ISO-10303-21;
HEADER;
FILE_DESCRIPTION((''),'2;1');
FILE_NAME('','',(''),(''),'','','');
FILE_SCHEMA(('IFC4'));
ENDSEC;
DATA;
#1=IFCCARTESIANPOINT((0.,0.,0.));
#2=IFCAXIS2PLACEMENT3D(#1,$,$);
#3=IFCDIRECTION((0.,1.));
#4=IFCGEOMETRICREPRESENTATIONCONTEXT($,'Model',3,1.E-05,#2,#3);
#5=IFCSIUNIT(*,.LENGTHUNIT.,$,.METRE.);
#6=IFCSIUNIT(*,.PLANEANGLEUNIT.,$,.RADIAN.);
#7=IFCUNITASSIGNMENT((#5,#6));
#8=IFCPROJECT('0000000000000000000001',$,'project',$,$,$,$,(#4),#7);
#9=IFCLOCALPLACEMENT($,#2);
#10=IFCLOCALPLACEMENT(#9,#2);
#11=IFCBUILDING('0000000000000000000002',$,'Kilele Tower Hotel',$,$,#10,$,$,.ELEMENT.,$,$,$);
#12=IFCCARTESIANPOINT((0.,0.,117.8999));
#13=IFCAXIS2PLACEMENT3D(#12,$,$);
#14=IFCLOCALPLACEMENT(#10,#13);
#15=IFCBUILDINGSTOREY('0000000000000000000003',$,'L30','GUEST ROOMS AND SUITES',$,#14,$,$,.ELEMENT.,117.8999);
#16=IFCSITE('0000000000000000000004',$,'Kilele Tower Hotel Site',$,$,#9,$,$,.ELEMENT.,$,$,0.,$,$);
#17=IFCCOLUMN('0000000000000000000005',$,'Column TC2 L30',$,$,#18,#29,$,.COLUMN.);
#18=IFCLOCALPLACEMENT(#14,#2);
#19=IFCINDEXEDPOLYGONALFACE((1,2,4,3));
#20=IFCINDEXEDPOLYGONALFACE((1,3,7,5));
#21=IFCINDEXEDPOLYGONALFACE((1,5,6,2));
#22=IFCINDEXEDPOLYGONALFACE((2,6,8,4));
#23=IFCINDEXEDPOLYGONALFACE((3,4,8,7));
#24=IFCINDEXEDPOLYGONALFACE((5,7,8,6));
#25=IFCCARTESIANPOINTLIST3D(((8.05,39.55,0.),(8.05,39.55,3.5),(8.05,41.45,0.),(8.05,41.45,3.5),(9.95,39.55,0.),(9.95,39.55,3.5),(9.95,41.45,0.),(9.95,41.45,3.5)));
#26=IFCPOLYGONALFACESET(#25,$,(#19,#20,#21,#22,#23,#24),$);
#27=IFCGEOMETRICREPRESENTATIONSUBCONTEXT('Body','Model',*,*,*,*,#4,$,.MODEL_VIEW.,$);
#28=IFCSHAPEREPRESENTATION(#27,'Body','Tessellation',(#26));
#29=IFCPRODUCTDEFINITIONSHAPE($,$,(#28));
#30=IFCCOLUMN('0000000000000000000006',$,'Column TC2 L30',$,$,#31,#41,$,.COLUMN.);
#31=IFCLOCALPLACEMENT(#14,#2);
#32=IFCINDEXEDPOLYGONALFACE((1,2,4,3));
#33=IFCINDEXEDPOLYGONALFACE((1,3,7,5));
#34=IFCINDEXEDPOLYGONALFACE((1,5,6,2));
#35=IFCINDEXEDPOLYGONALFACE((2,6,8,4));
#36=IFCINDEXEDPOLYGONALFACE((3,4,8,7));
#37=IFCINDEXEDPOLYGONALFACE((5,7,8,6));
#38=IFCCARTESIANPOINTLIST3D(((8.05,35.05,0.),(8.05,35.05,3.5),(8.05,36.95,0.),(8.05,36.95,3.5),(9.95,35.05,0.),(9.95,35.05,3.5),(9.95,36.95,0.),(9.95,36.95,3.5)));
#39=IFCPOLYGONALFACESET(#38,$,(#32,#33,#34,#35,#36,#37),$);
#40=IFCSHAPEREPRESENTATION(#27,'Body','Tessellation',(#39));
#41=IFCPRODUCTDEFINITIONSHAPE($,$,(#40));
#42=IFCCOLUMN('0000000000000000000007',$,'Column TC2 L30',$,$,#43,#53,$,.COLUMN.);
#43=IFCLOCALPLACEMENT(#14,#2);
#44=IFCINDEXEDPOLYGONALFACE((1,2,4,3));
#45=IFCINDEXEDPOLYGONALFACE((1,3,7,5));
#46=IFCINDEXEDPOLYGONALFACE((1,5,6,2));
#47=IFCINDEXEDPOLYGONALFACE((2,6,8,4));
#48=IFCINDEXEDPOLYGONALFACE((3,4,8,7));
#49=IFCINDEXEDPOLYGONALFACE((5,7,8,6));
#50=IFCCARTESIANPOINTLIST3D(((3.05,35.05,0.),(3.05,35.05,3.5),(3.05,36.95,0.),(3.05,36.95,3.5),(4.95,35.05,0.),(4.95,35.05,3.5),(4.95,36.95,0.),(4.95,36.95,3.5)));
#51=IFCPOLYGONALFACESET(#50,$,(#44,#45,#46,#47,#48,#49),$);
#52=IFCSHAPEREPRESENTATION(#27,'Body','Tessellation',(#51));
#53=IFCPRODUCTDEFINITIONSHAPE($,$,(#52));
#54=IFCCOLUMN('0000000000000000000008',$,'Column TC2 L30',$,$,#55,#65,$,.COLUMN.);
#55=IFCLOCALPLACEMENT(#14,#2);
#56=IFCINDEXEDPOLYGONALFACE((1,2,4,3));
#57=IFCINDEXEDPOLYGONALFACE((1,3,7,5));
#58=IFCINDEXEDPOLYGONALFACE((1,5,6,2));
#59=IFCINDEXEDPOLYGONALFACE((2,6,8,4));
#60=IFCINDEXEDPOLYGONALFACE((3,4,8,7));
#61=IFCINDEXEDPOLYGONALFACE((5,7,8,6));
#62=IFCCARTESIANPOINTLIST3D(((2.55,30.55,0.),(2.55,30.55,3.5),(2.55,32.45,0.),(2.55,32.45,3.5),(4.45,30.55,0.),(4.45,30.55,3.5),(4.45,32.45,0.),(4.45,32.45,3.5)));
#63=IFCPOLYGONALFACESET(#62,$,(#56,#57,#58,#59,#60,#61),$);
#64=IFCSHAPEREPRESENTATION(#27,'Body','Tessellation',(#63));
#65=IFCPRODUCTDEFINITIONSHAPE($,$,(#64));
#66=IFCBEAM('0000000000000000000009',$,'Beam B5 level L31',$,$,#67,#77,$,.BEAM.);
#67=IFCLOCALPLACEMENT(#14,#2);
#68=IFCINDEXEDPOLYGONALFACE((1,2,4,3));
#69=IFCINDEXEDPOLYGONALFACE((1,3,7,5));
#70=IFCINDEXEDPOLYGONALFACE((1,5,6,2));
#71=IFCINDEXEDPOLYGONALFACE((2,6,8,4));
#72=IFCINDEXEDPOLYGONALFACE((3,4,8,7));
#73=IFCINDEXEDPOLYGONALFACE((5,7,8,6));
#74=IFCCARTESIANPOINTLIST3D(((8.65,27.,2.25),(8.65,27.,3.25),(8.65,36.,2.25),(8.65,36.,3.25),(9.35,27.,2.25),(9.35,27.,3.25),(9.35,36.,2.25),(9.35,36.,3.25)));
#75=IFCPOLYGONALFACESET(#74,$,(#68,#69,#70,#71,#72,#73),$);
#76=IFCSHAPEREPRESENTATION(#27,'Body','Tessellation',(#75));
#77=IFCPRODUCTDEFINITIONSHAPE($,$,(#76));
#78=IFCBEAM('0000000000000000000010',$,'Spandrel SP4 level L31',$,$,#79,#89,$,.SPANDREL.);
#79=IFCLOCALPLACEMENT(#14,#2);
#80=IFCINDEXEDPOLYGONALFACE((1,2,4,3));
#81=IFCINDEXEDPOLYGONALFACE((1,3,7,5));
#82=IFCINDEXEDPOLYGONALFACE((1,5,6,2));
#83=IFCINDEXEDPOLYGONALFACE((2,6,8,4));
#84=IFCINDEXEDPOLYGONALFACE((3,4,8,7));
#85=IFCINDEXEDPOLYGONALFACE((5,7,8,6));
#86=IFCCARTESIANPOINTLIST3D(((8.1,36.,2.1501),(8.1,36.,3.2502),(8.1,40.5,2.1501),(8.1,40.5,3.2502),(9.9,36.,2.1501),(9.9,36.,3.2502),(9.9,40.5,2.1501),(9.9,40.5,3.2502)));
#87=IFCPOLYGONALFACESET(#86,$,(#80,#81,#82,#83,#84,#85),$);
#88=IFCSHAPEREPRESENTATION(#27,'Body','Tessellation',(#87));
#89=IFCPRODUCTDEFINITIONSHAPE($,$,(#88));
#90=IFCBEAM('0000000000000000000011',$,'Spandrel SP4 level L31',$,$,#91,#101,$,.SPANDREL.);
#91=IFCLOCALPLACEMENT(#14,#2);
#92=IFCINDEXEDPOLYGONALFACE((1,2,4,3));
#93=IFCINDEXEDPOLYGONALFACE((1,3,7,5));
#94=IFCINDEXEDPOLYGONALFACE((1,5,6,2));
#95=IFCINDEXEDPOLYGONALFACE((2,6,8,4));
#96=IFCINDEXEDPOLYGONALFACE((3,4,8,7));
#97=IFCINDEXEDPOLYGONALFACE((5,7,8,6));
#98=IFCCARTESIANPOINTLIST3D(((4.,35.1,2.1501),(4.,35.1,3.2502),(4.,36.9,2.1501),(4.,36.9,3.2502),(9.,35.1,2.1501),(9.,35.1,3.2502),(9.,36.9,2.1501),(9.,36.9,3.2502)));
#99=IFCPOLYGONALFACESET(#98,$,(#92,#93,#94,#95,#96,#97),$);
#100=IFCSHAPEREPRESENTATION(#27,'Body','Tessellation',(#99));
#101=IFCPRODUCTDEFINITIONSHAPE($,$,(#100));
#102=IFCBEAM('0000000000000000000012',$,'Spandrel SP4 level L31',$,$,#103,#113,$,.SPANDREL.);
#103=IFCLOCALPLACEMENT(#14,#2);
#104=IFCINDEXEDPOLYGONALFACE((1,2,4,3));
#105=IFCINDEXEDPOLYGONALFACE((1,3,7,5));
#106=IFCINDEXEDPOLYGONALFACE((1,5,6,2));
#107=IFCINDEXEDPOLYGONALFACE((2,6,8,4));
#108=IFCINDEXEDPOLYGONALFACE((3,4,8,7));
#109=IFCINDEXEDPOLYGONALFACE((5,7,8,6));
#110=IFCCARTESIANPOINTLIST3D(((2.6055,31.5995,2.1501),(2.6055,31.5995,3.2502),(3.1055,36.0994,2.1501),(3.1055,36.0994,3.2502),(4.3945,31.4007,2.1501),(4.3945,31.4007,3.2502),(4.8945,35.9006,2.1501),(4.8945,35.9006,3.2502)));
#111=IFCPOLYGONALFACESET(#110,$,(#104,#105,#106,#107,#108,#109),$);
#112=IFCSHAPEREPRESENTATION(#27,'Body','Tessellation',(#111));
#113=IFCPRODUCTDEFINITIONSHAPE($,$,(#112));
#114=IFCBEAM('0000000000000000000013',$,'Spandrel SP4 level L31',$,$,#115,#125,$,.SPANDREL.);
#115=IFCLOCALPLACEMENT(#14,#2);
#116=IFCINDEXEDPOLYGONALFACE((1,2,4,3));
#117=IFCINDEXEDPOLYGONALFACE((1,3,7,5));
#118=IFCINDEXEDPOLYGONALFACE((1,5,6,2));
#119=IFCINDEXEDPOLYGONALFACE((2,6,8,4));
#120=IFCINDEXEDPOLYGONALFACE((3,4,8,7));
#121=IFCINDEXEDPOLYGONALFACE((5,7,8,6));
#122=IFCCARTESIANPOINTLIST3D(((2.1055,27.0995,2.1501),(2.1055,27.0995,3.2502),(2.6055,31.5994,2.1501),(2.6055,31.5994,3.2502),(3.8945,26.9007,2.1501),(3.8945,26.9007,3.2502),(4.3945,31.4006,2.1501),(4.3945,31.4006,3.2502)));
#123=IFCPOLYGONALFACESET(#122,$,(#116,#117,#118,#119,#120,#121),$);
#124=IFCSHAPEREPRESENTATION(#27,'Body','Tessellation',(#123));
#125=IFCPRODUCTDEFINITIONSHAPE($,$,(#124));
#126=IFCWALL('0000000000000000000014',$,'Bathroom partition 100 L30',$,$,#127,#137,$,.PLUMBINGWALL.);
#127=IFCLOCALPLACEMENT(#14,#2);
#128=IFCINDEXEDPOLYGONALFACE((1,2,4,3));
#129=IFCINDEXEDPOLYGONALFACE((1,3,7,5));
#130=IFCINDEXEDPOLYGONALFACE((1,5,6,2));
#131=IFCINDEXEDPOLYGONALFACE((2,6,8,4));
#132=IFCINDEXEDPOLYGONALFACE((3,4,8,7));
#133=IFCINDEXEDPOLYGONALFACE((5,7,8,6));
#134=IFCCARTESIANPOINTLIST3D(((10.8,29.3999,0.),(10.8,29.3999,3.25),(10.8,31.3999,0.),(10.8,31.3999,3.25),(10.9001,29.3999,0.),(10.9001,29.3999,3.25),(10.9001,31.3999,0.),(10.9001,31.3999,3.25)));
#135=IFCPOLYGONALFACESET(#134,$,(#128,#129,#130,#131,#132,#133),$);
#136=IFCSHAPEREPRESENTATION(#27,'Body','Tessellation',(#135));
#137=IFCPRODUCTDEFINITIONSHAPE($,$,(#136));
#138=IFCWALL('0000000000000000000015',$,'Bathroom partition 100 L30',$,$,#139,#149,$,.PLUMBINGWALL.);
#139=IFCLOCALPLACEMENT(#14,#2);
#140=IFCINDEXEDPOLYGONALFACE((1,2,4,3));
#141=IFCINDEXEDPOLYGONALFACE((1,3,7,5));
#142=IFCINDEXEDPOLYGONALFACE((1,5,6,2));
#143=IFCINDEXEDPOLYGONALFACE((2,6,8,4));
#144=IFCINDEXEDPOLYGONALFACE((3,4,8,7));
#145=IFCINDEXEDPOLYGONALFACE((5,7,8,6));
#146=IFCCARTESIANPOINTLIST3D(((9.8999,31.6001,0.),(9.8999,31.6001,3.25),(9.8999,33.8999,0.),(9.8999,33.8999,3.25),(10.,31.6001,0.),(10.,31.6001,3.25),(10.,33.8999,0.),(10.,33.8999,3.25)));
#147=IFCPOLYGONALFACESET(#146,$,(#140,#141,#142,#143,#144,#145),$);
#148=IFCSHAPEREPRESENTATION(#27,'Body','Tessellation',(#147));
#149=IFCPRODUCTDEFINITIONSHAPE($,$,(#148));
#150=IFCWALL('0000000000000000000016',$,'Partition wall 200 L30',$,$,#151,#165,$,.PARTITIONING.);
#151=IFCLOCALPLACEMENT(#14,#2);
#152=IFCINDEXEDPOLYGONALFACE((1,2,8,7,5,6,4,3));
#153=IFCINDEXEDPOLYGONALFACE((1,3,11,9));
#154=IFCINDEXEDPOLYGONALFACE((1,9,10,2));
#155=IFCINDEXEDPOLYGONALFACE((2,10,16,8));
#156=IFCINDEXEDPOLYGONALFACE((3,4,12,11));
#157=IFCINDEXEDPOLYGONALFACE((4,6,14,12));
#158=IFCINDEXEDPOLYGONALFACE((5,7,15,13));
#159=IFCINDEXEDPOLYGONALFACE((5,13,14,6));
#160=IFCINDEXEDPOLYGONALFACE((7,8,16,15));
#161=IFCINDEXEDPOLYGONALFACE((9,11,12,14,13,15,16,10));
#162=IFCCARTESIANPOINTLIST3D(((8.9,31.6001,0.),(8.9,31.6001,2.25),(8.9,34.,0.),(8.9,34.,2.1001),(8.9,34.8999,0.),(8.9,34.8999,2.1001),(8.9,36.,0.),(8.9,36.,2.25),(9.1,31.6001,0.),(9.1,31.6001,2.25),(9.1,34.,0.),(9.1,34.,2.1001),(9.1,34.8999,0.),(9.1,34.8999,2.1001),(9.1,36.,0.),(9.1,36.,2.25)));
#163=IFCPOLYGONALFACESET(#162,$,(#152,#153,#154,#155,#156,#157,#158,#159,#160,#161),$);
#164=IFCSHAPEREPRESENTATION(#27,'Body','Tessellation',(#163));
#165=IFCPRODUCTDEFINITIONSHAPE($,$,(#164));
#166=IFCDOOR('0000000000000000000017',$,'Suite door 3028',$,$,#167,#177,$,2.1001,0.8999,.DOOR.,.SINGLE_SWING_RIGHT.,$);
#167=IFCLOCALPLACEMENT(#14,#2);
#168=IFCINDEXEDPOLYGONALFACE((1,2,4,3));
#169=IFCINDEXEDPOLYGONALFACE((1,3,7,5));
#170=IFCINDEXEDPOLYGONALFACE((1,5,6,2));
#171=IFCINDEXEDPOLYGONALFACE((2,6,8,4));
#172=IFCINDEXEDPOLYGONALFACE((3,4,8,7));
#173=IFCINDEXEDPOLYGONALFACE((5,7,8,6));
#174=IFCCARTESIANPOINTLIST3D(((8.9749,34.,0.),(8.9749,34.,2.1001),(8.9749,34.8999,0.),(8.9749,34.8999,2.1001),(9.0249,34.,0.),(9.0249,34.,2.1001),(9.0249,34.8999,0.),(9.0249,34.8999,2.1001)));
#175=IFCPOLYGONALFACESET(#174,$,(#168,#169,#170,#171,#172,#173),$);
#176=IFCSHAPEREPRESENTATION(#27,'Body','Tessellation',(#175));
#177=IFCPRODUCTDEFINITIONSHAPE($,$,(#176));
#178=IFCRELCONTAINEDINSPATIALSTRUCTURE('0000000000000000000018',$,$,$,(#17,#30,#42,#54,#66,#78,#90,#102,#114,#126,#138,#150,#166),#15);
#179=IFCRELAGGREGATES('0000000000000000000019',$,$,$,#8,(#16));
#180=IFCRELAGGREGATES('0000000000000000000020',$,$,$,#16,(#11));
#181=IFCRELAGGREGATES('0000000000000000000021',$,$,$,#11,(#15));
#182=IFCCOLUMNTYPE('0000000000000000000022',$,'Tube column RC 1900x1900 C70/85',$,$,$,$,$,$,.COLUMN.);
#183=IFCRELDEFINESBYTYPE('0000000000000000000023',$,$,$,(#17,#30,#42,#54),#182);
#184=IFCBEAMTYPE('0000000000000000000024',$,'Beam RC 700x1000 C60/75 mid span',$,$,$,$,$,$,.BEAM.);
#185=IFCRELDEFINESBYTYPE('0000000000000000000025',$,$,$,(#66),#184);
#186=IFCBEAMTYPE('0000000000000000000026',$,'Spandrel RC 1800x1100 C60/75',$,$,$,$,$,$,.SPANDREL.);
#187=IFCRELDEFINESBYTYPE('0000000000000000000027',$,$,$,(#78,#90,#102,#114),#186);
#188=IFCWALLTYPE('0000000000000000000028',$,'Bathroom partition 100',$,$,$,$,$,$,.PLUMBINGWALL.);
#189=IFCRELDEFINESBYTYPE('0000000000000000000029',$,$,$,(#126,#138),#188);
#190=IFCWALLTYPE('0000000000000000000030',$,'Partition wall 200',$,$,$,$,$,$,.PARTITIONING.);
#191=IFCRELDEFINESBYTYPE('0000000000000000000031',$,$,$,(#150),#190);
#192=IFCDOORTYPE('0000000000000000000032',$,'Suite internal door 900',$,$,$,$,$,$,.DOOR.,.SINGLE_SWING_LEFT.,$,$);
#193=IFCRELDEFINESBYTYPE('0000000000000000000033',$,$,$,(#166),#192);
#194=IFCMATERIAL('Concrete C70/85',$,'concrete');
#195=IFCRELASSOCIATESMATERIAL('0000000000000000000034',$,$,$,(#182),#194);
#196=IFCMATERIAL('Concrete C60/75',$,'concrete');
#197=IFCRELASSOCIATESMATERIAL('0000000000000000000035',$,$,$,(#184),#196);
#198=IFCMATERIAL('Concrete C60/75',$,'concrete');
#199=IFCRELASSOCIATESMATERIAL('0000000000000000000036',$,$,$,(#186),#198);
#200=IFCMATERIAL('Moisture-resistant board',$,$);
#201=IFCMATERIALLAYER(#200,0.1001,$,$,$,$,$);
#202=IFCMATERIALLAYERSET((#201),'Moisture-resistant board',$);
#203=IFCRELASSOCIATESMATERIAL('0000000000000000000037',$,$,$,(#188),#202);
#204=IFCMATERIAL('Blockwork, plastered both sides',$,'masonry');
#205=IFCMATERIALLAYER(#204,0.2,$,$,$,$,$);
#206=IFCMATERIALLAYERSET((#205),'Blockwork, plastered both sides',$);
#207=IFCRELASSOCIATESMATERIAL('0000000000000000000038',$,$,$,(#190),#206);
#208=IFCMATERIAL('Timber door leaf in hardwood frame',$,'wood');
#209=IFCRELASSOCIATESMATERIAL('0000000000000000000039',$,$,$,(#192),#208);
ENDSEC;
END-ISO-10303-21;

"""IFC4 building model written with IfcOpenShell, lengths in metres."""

from ifc_helpers import new_model, si_unit, direction, frame, frame_2d, origin, origin_2d, place, context, subcontext, project, spatial, rectangle, extrude, material, layer, layer_set, material_profile, profile_set, type_object, element, fill, save


model = new_model("IFC4")

# Units and contexts
model_context = context("Model", 3, precision=1e-05, world=origin(), true_north=direction((0.0, 1.0)))
body_context = subcontext(model_context, "Body", "Model", "MODEL_VIEW")
ifc_project = project(units=[si_unit("LENGTHUNIT", "METRE"), si_unit("PLANEANGLEUNIT", "RADIAN")], contexts=[model_context])

# Site, building, storey
site_placement = place(None, origin())
site = spatial("IfcSite", under=ifc_project, at=site_placement, Name="Kilele Tower Hotel Site", CompositionType="ELEMENT", RefElevation=0.0)
building_placement = place(site_placement, origin())
building = spatial("IfcBuilding", under=site, at=building_placement, Name="Kilele Tower Hotel", CompositionType="ELEMENT")
storey_placement = place(building_placement, frame((0.0, 0.0, 117.8999)))
storey = spatial("IfcBuildingStorey", under=building, at=storey_placement, Name="L30", Description="GUEST ROOMS AND SUITES", CompositionType="ELEMENT", Elevation=117.8999)

# Columns
ifc_material_1 = material(Name="Concrete C70/85", Category="concrete")
ifc_material_profile_1 = material_profile(ifc_material_1, rectangle(XDim=1.8999, YDim=1.8999, at=origin_2d()))
ifc_profile_set_1 = profile_set([ifc_material_profile_1], Name="Concrete C70/85")
column_type = type_object("IfcColumnType", Name="Tube column RC 1900x1900 C70/85", PredefinedType="COLUMN", material=ifc_profile_set_1)
for number, where, z_axis, x_axis, name in (
    (1, (9.0, 40.5, 0.0), (0.0, 0.0, 1.0), (1.0, 0.0, 0.0), "Column TC2 L30"),
    (2, (9.0, 36.0, 0.0), (0.0, 0.0, 1.0), (1.0, 0.0, 0.0), "Column TC2 L30"),
    (3, (4.0, 36.0, 0.0), (0.0, 0.0, 1.0), (1.0, 0.0, 0.0), "Column TC2 L30"),
    (4, (3.5, 31.5, 0.0), (0.0, 0.0, 1.0), (1.0, 0.0, 0.0), "Column TC2 L30"),
):
    element("IfcColumn", number, at=place(storey_placement, frame(where, z_axis=z_axis, x_axis=x_axis)), inside=storey, type_object=column_type, Name=name, PredefinedType="COLUMN", context=body_context, shape_type="SweptSolid", body=[
        extrude(rectangle(XDim=1.8999, YDim=1.8999, at=origin_2d()), origin(), (0.0, 0.0, 1.0), 3.5),
    ])

# Beams
ifc_material_2 = material(Name="Concrete C60/75", Category="concrete")
ifc_material_profile_2 = material_profile(ifc_material_2, rectangle(XDim=0.7, YDim=1.0, at=origin_2d()))
ifc_profile_set_2 = profile_set([ifc_material_profile_2], Name="Concrete C60/75")
beam_type_1 = type_object("IfcBeamType", Name="Beam RC 700x1000 C60/75 mid span", PredefinedType="BEAM", material=ifc_profile_set_2)
beam_1_placement = place(storey_placement, frame((9.0, 36.0, 2.75), z_axis=(0.0, -1.0, 0.0), x_axis=(1.0, 0.0, 0.0)))
element("IfcBeam", 5, at=beam_1_placement, inside=storey, type_object=beam_type_1, Name="Beam B5 level L31", PredefinedType="BEAM", context=body_context, shape_type="SweptSolid", body=[
    extrude(rectangle(XDim=0.7, YDim=1.0, at=origin_2d()), origin(), (0.0, 0.0, 1.0), 9.0),
])
ifc_material_3 = material(Name="Concrete C60/75", Category="concrete")
ifc_material_profile_3 = material_profile(ifc_material_3, rectangle(XDim=1.8, YDim=1.1001, at=origin_2d()))
ifc_profile_set_3 = profile_set([ifc_material_profile_3], Name="Concrete C60/75")
beam_type_2 = type_object("IfcBeamType", Name="Spandrel RC 1800x1100 C60/75", PredefinedType="SPANDREL", material=ifc_profile_set_3)
beam_2_placement = place(storey_placement, frame((9.0, 40.5, 2.7002), z_axis=(0.0, -1.0, 0.0), x_axis=(1.0, 0.0, 0.0)))
element("IfcBeam", 6, at=beam_2_placement, inside=storey, type_object=beam_type_2, Name="Spandrel SP4 level L31", PredefinedType="SPANDREL", context=body_context, shape_type="SweptSolid", body=[
    extrude(rectangle(XDim=1.8, YDim=1.1001, at=origin_2d()), origin(), (0.0, 0.0, 1.0), 4.5),
])
beam_3_placement = place(storey_placement, frame((9.0, 36.0, 2.7002), z_axis=(-1.0, 0.0, 0.0), x_axis=(0.0, -1.0, 0.0)))
element("IfcBeam", 7, at=beam_3_placement, inside=storey, type_object=beam_type_2, Name="Spandrel SP4 level L31", PredefinedType="SPANDREL", context=body_context, shape_type="SweptSolid", body=[
    extrude(rectangle(XDim=1.8, YDim=1.1001, at=origin_2d()), origin(), (0.0, 0.0, 1.0), 5.0),
])
for number, where, z_axis, x_axis, name in (
    (8, (4.0, 36.0, 2.7002), (-0.110432, -0.993884, 0.0), (0.993884, -0.110432, 0.0), "Spandrel SP4 level L31"),
    (9, (3.5, 31.5, 2.7002), (-0.110432, -0.993884, 0.0), (0.993884, -0.110432, 0.0), "Spandrel SP4 level L31"),
):
    element("IfcBeam", number, at=place(storey_placement, frame(where, z_axis=z_axis, x_axis=x_axis)), inside=storey, type_object=beam_type_2, Name=name, PredefinedType="SPANDREL", context=body_context, shape_type="SweptSolid", body=[
        extrude(rectangle(XDim=1.8, YDim=1.1001, at=origin_2d()), origin(), (0.0, 0.0, 1.0), 4.5276),
    ])

# Walls
ifc_material_4 = material(Name="Moisture-resistant board")
ifc_layer_1 = layer(ifc_material_4, 0.1001)
ifc_layer_set_1 = layer_set([ifc_layer_1], Name="Moisture-resistant board")
wall_type_1 = type_object("IfcWallType", Name="Bathroom partition 100", PredefinedType="PLUMBINGWALL", material=ifc_layer_set_1)
wall_1_placement = place(storey_placement, frame((10.8501, 31.3999, 0.0), z_axis=(0.0, 0.0, 1.0), x_axis=(0.0, -1.0, 0.0)))
element("IfcWall", 10, at=wall_1_placement, inside=storey, type_object=wall_type_1, Name="Bathroom partition 100 L30", PredefinedType="PLUMBINGWALL", context=body_context, shape_type="SweptSolid", body=[
    extrude(rectangle(XDim=2.0, YDim=0.1001, at=frame_2d((1.0, 0.0))), origin(), (0.0, 0.0, 1.0), 3.25),
])
wall_2_placement = place(storey_placement, frame((9.95, 31.6001, 0.0), z_axis=(0.0, 0.0, 1.0), x_axis=(0.0, 1.0, 0.0)))
element("IfcWall", 11, at=wall_2_placement, inside=storey, type_object=wall_type_1, Name="Bathroom partition 100 L30", PredefinedType="PLUMBINGWALL", context=body_context, shape_type="SweptSolid", body=[
    extrude(rectangle(XDim=2.2998, YDim=0.1001, at=frame_2d((1.1499, 0.0))), origin(), (0.0, 0.0, 1.0), 3.25),
])

# Wall, opening, door
ifc_material_5 = material(Name="Blockwork, plastered both sides", Category="masonry")
ifc_layer_2 = layer(ifc_material_5, 0.2)
ifc_layer_set_2 = layer_set([ifc_layer_2], Name="Blockwork, plastered both sides")
wall_type_2 = type_object("IfcWallType", Name="Partition wall 200", PredefinedType="PARTITIONING", material=ifc_layer_set_2)
wall_3_placement = place(storey_placement, frame((9.0, 31.6001, 0.0), z_axis=(0.0, 0.0, 1.0), x_axis=(0.0, 1.0, 0.0)))
wall_3 = element("IfcWall", 12, at=wall_3_placement, inside=storey, type_object=wall_type_2, Name="Partition wall 200 L30", PredefinedType="PARTITIONING", context=body_context, shape_type="SweptSolid", body=[
    extrude(rectangle(XDim=4.3999, YDim=0.2, at=frame_2d((2.2, 0.0))), origin(), (0.0, 0.0, 1.0), 2.25),
])
opening_1_placement = place(wall_3_placement, frame((3.2998, 0.0, 0.0), z_axis=(0.0, 0.0, 1.0), x_axis=(-1.0, 0.0, 0.0)))
opening_1 = element("IfcOpeningElement", 13, at=opening_1_placement, cuts=wall_3, PredefinedType="OPENING", context=body_context, shape_type="SweptSolid", body=[
    extrude(rectangle(XDim=0.8999, YDim=2.1001, at=frame_2d((0.45, 1.05))), frame((0.0, 0.1099, 0.0), z_axis=(0.0, -1.0, 0.0), x_axis=(1.0, 0.0, 0.0)), (0.0, 0.0, 1.0), 0.22),
])
ifc_material_6 = material(Name="Timber door leaf in hardwood frame", Category="wood")
door_type = type_object("IfcDoorType", Name="Suite internal door 900", OperationType="SINGLE_SWING_LEFT", PredefinedType="DOOR", material=ifc_material_6)
door_placement = place(opening_1_placement, origin())
door = element("IfcDoor", 14, at=door_placement, inside=storey, type_object=door_type, Name="Suite door 3028", OperationType="SINGLE_SWING_RIGHT", OverallHeight=2.1001, OverallWidth=0.8999, PredefinedType="DOOR", context=body_context, shape_type="SweptSolid", body=[
    extrude(rectangle(XDim=0.8999, YDim=2.1001, at=frame_2d((0.45, 1.05))), frame((0.0, 0.0249, 0.0), z_axis=(0.0, -1.0, 0.0), x_axis=(1.0, 0.0, 0.0)), (0.0, 0.0, 1.0), 0.05),
])
fill(opening_1, door)

save(model, "model.ifc")
